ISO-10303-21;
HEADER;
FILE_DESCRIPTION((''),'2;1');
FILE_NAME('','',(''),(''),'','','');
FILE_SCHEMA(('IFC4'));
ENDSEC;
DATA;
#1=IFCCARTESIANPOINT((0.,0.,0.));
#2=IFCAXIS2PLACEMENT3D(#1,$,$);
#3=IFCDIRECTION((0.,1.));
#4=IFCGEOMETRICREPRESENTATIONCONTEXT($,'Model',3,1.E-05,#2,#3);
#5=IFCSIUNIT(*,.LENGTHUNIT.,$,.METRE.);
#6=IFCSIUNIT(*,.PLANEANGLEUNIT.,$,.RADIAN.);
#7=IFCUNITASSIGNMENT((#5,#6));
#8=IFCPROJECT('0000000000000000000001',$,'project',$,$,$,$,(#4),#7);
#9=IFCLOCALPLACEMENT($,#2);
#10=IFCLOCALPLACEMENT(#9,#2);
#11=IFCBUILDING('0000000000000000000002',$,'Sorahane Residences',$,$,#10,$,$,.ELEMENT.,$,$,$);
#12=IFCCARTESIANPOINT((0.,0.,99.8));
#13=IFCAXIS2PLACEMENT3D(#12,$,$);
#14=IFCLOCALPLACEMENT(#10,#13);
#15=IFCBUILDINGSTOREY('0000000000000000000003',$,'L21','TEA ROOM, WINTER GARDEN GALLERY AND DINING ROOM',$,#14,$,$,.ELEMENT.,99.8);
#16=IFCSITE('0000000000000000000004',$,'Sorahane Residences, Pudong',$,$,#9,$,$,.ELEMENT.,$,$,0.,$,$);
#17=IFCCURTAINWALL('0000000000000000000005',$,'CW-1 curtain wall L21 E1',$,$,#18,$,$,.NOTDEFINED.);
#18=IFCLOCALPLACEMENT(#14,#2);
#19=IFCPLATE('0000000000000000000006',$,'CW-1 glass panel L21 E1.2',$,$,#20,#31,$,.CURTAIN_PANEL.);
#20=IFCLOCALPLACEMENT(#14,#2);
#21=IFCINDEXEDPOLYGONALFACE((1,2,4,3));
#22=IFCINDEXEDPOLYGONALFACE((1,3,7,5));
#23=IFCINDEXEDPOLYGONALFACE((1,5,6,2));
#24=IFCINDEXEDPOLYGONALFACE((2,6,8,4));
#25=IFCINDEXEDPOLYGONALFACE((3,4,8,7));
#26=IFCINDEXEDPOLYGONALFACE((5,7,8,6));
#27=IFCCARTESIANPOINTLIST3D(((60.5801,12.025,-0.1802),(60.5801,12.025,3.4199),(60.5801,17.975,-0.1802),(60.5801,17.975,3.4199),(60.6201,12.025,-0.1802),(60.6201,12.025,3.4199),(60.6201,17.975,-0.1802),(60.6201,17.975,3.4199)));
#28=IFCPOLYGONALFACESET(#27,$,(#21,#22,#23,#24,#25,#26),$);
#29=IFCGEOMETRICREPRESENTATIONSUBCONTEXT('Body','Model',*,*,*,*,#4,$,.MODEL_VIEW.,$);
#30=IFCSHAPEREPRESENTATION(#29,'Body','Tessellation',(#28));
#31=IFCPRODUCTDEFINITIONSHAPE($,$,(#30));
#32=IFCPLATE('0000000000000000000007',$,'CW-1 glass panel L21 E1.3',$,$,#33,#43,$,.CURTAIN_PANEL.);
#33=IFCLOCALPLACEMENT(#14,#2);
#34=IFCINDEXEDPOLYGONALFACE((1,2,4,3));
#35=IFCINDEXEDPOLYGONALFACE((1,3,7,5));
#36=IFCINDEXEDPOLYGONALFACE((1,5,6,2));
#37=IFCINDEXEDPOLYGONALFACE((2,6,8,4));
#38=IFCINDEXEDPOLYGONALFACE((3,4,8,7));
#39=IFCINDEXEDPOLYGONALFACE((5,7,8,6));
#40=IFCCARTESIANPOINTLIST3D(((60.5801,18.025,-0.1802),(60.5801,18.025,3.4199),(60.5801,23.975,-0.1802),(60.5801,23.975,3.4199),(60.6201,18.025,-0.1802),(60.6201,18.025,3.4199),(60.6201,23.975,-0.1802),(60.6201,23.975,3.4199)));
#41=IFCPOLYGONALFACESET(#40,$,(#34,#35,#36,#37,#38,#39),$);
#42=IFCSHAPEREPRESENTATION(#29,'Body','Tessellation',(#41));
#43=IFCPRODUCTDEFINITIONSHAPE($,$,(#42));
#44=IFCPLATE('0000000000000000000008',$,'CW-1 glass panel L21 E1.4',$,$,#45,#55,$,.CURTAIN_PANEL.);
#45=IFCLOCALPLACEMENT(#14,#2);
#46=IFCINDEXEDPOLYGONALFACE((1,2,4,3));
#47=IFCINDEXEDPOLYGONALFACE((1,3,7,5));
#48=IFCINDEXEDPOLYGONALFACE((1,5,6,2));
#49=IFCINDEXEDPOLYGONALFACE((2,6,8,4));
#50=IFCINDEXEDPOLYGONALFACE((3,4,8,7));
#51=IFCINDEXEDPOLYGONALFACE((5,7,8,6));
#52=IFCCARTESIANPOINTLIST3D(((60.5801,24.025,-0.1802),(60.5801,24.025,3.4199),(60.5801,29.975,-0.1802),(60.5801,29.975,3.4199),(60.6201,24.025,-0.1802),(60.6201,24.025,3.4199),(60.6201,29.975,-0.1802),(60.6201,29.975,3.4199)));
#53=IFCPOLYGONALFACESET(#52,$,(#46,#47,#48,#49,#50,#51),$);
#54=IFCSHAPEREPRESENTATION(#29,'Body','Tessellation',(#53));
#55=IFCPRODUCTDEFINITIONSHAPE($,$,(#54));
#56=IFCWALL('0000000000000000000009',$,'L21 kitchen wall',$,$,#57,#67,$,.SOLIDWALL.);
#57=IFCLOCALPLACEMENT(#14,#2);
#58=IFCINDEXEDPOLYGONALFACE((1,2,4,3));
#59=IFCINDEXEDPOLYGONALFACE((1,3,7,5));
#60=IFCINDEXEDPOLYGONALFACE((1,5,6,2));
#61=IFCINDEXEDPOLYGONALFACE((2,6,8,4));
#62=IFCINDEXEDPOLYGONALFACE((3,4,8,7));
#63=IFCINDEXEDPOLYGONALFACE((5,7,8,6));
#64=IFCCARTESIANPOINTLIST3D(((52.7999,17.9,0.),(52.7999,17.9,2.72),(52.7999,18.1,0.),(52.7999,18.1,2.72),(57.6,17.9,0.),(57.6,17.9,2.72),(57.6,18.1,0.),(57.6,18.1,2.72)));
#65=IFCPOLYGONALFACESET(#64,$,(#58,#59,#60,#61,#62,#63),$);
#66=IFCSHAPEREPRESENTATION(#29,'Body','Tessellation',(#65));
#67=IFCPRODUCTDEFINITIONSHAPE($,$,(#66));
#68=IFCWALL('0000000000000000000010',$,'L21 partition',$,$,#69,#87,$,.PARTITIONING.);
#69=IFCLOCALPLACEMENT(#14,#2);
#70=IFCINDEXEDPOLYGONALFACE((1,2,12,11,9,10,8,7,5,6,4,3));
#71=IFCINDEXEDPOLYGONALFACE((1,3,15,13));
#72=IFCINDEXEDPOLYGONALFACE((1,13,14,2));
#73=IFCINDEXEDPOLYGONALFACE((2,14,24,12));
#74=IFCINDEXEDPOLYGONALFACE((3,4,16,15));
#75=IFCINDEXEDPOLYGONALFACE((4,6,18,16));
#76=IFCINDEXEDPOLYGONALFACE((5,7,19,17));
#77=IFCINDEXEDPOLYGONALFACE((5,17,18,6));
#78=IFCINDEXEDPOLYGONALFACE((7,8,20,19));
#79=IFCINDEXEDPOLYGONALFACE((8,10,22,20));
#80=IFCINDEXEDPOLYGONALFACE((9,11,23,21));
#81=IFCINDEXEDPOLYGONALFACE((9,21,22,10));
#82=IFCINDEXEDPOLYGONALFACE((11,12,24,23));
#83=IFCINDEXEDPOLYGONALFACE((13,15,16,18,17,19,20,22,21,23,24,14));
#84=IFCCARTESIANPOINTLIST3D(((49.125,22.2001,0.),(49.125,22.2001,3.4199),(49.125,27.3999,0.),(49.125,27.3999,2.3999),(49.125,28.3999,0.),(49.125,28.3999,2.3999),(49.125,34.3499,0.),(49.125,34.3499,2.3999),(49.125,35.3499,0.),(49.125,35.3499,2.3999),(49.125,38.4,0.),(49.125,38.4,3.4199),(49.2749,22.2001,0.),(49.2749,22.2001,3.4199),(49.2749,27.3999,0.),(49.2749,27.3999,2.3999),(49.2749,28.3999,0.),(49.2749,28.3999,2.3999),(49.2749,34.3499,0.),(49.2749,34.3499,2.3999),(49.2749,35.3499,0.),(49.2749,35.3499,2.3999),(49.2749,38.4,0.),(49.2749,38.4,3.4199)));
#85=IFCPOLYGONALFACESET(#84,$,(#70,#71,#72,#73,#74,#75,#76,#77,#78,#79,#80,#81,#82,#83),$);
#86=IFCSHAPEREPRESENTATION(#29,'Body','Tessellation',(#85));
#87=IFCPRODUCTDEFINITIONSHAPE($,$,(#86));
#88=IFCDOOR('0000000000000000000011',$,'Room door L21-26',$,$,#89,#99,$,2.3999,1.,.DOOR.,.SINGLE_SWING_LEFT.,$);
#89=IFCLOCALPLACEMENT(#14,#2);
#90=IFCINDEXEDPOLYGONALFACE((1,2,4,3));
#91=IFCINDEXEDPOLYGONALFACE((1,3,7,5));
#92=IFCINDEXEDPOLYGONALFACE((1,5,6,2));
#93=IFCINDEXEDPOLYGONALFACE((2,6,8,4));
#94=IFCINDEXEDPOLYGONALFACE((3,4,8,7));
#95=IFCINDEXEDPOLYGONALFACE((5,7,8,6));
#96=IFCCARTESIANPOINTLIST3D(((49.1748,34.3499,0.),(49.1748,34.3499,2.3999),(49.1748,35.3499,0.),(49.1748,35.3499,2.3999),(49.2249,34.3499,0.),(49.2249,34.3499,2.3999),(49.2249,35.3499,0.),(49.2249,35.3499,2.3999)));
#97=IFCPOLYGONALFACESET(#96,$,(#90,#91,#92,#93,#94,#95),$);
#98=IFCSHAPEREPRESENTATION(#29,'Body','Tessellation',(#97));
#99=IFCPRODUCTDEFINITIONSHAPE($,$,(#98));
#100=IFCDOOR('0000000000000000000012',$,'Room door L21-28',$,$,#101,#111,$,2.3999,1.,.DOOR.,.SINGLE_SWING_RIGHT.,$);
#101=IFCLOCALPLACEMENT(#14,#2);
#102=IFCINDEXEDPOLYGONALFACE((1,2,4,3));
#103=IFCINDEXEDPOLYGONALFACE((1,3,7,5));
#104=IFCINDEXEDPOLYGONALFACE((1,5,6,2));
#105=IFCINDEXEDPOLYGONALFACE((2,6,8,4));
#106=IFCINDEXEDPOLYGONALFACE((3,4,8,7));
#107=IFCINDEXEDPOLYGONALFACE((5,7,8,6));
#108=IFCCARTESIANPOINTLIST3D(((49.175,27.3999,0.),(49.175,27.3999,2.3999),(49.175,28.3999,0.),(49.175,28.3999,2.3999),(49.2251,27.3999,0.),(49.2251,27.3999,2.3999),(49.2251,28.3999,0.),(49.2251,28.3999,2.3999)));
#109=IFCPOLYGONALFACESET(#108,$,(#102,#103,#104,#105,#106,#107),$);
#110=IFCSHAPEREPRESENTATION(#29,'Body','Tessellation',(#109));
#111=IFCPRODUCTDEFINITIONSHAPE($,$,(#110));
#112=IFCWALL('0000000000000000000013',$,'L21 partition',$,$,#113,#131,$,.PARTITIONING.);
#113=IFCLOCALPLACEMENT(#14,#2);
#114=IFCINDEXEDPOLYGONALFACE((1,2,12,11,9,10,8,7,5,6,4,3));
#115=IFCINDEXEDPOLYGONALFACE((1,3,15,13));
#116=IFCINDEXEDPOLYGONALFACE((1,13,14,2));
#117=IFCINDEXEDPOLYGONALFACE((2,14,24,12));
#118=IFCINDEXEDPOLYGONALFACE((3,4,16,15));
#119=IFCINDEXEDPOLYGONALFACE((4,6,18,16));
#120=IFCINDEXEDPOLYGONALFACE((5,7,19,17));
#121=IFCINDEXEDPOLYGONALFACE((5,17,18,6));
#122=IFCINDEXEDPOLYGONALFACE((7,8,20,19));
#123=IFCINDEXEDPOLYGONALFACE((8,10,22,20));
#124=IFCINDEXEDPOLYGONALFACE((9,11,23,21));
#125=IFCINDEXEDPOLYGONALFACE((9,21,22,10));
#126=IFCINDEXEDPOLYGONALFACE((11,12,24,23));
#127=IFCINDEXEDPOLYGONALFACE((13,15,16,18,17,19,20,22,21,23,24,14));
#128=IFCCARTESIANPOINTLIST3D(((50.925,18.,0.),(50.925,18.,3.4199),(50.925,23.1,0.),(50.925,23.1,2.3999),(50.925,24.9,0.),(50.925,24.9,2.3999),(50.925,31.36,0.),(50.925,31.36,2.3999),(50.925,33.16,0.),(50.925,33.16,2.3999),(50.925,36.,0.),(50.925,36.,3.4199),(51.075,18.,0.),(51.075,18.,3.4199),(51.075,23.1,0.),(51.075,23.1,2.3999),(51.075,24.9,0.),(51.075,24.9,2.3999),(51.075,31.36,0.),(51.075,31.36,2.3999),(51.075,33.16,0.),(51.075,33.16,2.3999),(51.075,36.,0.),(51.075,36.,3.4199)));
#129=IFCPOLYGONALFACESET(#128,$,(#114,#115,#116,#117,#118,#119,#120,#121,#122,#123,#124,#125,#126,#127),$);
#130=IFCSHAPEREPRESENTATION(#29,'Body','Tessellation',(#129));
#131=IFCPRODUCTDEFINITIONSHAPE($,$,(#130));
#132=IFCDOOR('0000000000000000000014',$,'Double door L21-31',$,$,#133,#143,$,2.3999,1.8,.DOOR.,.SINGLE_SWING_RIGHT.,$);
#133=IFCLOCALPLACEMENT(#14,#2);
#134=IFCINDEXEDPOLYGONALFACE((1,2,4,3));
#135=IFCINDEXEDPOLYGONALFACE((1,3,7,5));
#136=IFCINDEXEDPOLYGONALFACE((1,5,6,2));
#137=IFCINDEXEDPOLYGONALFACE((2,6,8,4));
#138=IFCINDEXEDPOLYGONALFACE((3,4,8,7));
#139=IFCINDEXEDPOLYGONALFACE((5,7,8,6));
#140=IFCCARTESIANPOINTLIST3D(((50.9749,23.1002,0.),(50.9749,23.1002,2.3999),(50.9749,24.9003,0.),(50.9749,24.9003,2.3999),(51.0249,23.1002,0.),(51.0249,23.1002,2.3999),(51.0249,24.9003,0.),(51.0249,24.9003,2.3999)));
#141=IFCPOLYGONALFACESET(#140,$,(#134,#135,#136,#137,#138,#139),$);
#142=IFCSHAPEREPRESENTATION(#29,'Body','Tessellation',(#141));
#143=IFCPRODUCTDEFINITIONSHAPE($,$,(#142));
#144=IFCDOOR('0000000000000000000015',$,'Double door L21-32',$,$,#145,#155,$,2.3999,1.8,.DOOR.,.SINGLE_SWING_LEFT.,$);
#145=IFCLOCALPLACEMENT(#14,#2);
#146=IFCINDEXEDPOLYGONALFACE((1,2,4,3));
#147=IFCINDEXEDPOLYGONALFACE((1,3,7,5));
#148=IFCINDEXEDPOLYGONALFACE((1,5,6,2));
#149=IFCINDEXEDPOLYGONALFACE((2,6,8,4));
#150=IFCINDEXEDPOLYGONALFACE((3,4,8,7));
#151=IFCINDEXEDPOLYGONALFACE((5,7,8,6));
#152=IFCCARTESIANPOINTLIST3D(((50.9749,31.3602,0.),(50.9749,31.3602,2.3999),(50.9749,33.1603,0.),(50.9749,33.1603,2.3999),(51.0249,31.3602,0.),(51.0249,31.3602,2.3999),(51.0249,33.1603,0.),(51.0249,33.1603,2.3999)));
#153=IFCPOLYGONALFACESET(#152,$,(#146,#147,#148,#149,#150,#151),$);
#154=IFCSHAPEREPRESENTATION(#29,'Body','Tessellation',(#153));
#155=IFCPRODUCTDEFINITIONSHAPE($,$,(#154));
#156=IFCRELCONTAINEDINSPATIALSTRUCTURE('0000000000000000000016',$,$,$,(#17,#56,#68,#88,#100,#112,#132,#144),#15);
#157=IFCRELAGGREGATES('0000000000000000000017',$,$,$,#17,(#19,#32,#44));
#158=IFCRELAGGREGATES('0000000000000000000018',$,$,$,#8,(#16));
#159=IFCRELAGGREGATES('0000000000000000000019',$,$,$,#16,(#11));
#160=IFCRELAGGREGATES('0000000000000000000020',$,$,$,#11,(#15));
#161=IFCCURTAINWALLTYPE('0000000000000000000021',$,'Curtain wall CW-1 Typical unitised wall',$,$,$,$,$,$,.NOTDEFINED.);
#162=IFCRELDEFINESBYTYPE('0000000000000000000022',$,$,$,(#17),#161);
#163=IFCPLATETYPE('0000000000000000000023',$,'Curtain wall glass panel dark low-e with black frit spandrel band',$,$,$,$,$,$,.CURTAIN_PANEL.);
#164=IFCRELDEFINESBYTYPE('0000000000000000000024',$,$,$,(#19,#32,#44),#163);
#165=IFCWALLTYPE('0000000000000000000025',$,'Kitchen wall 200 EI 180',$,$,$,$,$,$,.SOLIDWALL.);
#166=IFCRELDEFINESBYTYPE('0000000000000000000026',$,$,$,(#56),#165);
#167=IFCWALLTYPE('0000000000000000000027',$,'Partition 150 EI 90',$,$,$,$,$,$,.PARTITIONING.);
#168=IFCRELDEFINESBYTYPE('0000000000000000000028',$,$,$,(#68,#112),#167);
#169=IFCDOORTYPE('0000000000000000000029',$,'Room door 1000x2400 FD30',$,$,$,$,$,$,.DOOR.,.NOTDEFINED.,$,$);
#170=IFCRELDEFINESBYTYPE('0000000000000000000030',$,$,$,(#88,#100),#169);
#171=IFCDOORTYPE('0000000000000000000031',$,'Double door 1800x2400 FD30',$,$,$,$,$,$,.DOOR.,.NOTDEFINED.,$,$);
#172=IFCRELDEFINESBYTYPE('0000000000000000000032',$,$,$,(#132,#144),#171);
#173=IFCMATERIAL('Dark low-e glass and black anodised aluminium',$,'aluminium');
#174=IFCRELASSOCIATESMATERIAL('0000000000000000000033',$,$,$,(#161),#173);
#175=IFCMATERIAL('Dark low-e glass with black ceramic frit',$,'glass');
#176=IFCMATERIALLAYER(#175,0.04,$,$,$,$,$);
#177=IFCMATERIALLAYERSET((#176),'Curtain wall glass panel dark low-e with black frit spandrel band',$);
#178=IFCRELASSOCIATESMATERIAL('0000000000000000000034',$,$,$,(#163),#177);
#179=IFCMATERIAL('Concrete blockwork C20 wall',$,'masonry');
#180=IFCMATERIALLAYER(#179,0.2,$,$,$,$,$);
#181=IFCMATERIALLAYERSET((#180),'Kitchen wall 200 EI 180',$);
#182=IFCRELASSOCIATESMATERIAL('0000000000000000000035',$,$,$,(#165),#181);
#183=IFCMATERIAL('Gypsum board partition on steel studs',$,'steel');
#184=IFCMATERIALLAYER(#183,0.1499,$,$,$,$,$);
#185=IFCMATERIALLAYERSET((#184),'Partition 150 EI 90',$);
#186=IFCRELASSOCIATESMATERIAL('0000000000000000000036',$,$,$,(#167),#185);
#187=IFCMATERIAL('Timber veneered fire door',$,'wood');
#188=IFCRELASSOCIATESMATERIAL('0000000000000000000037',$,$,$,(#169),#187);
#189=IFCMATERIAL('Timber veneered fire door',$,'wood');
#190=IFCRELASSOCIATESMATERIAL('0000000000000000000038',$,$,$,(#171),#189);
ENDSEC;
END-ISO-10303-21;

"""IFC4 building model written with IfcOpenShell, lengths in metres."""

from ifc_helpers import new_model, si_unit, direction, frame, frame_2d, origin, origin_2d, place, context, subcontext, project, spatial, rectangle, extrude, material, layer, layer_set, type_object, element, fill, aggregate, save


model = new_model("IFC4")

# Units and contexts
model_context = context("Model", 3, precision=1e-05, world=origin(), true_north=direction((0.0, 1.0)))
body_context = subcontext(model_context, "Body", "Model", "MODEL_VIEW")
ifc_project = project(units=[si_unit("LENGTHUNIT", "METRE"), si_unit("PLANEANGLEUNIT", "RADIAN")], contexts=[model_context])

# Site, building, storey
site_placement = place(None, origin())
site = spatial("IfcSite", under=ifc_project, at=site_placement, Name="Sorahane Residences, Pudong", CompositionType="ELEMENT", RefElevation=0.0)
building_placement = place(site_placement, origin())
building = spatial("IfcBuilding", under=site, at=building_placement, Name="Sorahane Residences", CompositionType="ELEMENT")
storey_placement = place(building_placement, frame((0.0, 0.0, 99.8)))
storey = spatial("IfcBuildingStorey", under=building, at=storey_placement, Name="L21", Description="TEA ROOM, WINTER GARDEN GALLERY AND DINING ROOM", CompositionType="ELEMENT", Elevation=99.8)

# Curtain wall
ifc_material_1 = material(Name="Dark low-e glass and black anodised aluminium", Category="aluminium")
curtain_wall_type = type_object("IfcCurtainWallType", Name="Curtain wall CW-1 Typical unitised wall", PredefinedType="NOTDEFINED", material=ifc_material_1)
curtain_wall_placement = place(storey_placement, origin())
curtain_wall = element("IfcCurtainWall", 1, at=curtain_wall_placement, inside=storey, type_object=curtain_wall_type, Name="CW-1 curtain wall L21 E1", PredefinedType="NOTDEFINED")

# Plates
ifc_material_2 = material(Name="Dark low-e glass with black ceramic frit", Category="glass")
ifc_layer_1 = layer(ifc_material_2, 0.04)
ifc_layer_set_1 = layer_set([ifc_layer_1], Name="Curtain wall glass panel dark low-e with black frit spandrel band")
plate_type = type_object("IfcPlateType", Name="Curtain wall glass panel dark low-e with black frit spandrel band", PredefinedType="CURTAIN_PANEL", material=ifc_layer_set_1)
plate_1_placement = place(storey_placement, frame((60.6001, 15.0, -0.1802), z_axis=(0.0, 0.0, 1.0), x_axis=(0.0, 1.0, 0.0)))
plate_1 = element("IfcPlate", 2, at=plate_1_placement, type_object=plate_type, Name="CW-1 glass panel L21 E1.2", PredefinedType="CURTAIN_PANEL", context=body_context, shape_type="SweptSolid", body=[
    extrude(rectangle(XDim=5.95, YDim=0.04, at=origin_2d()), origin(), (0.0, 0.0, 1.0), 3.6001),
])
plate_2_placement = place(storey_placement, frame((60.6001, 21.0, -0.1802), z_axis=(0.0, 0.0, 1.0), x_axis=(0.0, 1.0, 0.0)))
plate_2 = element("IfcPlate", 3, at=plate_2_placement, type_object=plate_type, Name="CW-1 glass panel L21 E1.3", PredefinedType="CURTAIN_PANEL", context=body_context, shape_type="SweptSolid", body=[
    extrude(rectangle(XDim=5.95, YDim=0.04, at=origin_2d()), origin(), (0.0, 0.0, 1.0), 3.6001),
])
plate_3_placement = place(storey_placement, frame((60.6001, 27.0, -0.1802), z_axis=(0.0, 0.0, 1.0), x_axis=(0.0, 1.0, 0.0)))
plate_3 = element("IfcPlate", 4, at=plate_3_placement, type_object=plate_type, Name="CW-1 glass panel L21 E1.4", PredefinedType="CURTAIN_PANEL", context=body_context, shape_type="SweptSolid", body=[
    extrude(rectangle(XDim=5.95, YDim=0.04, at=origin_2d()), origin(), (0.0, 0.0, 1.0), 3.6001),
])
aggregate(curtain_wall, [plate_1, plate_2, plate_3])

# Shared definitions
ifc_material_3 = material(Name="Concrete blockwork C20 wall", Category="masonry")
ifc_layer_2 = layer(ifc_material_3, 0.2)
ifc_layer_set_2 = layer_set([ifc_layer_2], Name="Kitchen wall 200 EI 180")
wall_type_1 = type_object("IfcWallType", Name="Kitchen wall 200 EI 180", PredefinedType="SOLIDWALL", material=ifc_layer_set_2)

# Wall
wall_1_placement = place(storey_placement, frame((52.8, 18.0, 0.0), z_axis=(0.0, 0.0, 1.0), x_axis=(1.0, 0.0, 0.0)))
element("IfcWall", 5, at=wall_1_placement, inside=storey, type_object=wall_type_1, Name="L21 kitchen wall", PredefinedType="SOLIDWALL", context=body_context, shape_type="SweptSolid", body=[
    extrude(rectangle(XDim=4.8, YDim=0.2, at=frame_2d((2.3999, 0.0))), origin(), (0.0, 0.0, 1.0), 2.72),
])

# Walls, openings, doors
ifc_material_4 = material(Name="Gypsum board partition on steel studs", Category="steel")
ifc_layer_3 = layer(ifc_material_4, 0.1499)
ifc_layer_set_3 = layer_set([ifc_layer_3], Name="Partition 150 EI 90")
wall_type_2 = type_object("IfcWallType", Name="Partition 150 EI 90", PredefinedType="PARTITIONING", material=ifc_layer_set_3)
wall_2_placement = place(storey_placement, frame((49.2, 22.2, 0.0), z_axis=(0.0, 0.0, 1.0), x_axis=(0.0, 1.0, 0.0)))
wall_2 = element("IfcWall", 6, at=wall_2_placement, inside=storey, type_object=wall_type_2, Name="L21 partition", PredefinedType="PARTITIONING", context=body_context, shape_type="SweptSolid", body=[
    extrude(rectangle(XDim=16.2, YDim=0.1499, at=frame_2d((8.1001, 0.0))), origin(), (0.0, 0.0, 1.0), 3.4199),
])
opening_1_placement = place(wall_2_placement, frame((12.1499, 0.0, 0.0)))
opening_1 = element("IfcOpeningElement", 7, at=opening_1_placement, cuts=wall_2, PredefinedType="OPENING", context=body_context, shape_type="SweptSolid", body=[
    extrude(rectangle(XDim=1.0, YDim=2.3999, at=frame_2d((0.5, 1.2))), frame((0.0, 0.085, 0.0), z_axis=(0.0, -1.0, 0.0), x_axis=(1.0, 0.0, 0.0)), (0.0, 0.0, 1.0), 0.1699),
])
opening_2_placement = place(wall_2_placement, frame((5.2, 0.0, 0.0)))
opening_2 = element("IfcOpeningElement", 8, at=opening_2_placement, cuts=wall_2, PredefinedType="OPENING", context=body_context, shape_type="SweptSolid", body=[
    extrude(rectangle(XDim=1.0, YDim=2.3999, at=frame_2d((0.5, 1.2))), frame((0.0, 0.085, 0.0), z_axis=(0.0, -1.0, 0.0), x_axis=(1.0, 0.0, 0.0)), (0.0, 0.0, 1.0), 0.1699),
])
ifc_material_5 = material(Name="Timber veneered fire door", Category="wood")
door_type_1 = type_object("IfcDoorType", Name="Room door 1000x2400 FD30", OperationType="NOTDEFINED", PredefinedType="DOOR", material=ifc_material_5)
door_1_placement = place(opening_1_placement, frame((1.0, 0.0, 0.0), z_axis=(0.0, 0.0, 1.0), x_axis=(-1.0, 0.0, 0.0)))
door_1 = element("IfcDoor", 9, at=door_1_placement, inside=storey, type_object=door_type_1, Name="Room door L21-26", OperationType="SINGLE_SWING_LEFT", OverallHeight=2.3999, OverallWidth=1.0, PredefinedType="DOOR", context=body_context, shape_type="SweptSolid", body=[
    extrude(rectangle(XDim=1.0, YDim=2.3999, at=frame_2d((0.5, 1.2))), frame((0.0, 0.0249, 0.0), z_axis=(0.0, -1.0, 0.0), x_axis=(1.0, 0.0, 0.0)), (0.0, 0.0, 1.0), 0.05),
])
fill(opening_1, door_1)
door_2_placement = place(opening_2_placement, origin())
door_2 = element("IfcDoor", 10, at=door_2_placement, inside=storey, type_object=door_type_1, Name="Room door L21-28", OperationType="SINGLE_SWING_RIGHT", OverallHeight=2.3999, OverallWidth=1.0, PredefinedType="DOOR", context=body_context, shape_type="SweptSolid", body=[
    extrude(rectangle(XDim=1.0, YDim=2.3999, at=frame_2d((0.5, 1.2))), frame((0.0, 0.0249, 0.0), z_axis=(0.0, -1.0, 0.0), x_axis=(1.0, 0.0, 0.0)), (0.0, 0.0, 1.0), 0.05),
])
fill(opening_2, door_2)
wall_3_placement = place(storey_placement, frame((51.0, 18.0, 0.0), z_axis=(0.0, 0.0, 1.0), x_axis=(0.0, 1.0, 0.0)))
wall_3 = element("IfcWall", 11, at=wall_3_placement, inside=storey, type_object=wall_type_2, Name="L21 partition", PredefinedType="PARTITIONING", context=body_context, shape_type="SweptSolid", body=[
    extrude(rectangle(XDim=18.0, YDim=0.1499, at=frame_2d((9.0, 0.0))), origin(), (0.0, 0.0, 1.0), 3.4199),
])
opening_3_placement = place(wall_3_placement, frame((5.1001, 0.0, 0.0)))
opening_3 = element("IfcOpeningElement", 12, at=opening_3_placement, cuts=wall_3, PredefinedType="OPENING", context=body_context, shape_type="SweptSolid", body=[
    extrude(rectangle(XDim=1.8, YDim=2.3999, at=frame_2d((0.8999, 1.2))), frame((0.0, 0.085, 0.0), z_axis=(0.0, -1.0, 0.0), x_axis=(1.0, 0.0, 0.0)), (0.0, 0.0, 1.0), 0.1699),
])
opening_4_placement = place(wall_3_placement, frame((13.3601, 0.0, 0.0)))
opening_4 = element("IfcOpeningElement", 13, at=opening_4_placement, cuts=wall_3, PredefinedType="OPENING", context=body_context, shape_type="SweptSolid", body=[
    extrude(rectangle(XDim=1.8, YDim=2.3999, at=frame_2d((0.8999, 1.2))), frame((0.0, 0.085, 0.0), z_axis=(0.0, -1.0, 0.0), x_axis=(1.0, 0.0, 0.0)), (0.0, 0.0, 1.0), 0.1699),
])
ifc_material_6 = material(Name="Timber veneered fire door", Category="wood")
door_type_2 = type_object("IfcDoorType", Name="Double door 1800x2400 FD30", OperationType="NOTDEFINED", PredefinedType="DOOR", material=ifc_material_6)
door_3_placement = place(opening_3_placement, frame((1.8, 0.0, 0.0), z_axis=(0.0, 0.0, 1.0), x_axis=(-1.0, 0.0, 0.0)))
door_3 = element("IfcDoor", 14, at=door_3_placement, inside=storey, type_object=door_type_2, Name="Double door L21-31", OperationType="SINGLE_SWING_RIGHT", OverallHeight=2.3999, OverallWidth=1.8, PredefinedType="DOOR", context=body_context, shape_type="SweptSolid", body=[
    extrude(rectangle(XDim=1.8, YDim=2.3999, at=frame_2d((0.8999, 1.2))), frame((0.0, 0.0249, 0.0), z_axis=(0.0, -1.0, 0.0), x_axis=(1.0, 0.0, 0.0)), (0.0, 0.0, 1.0), 0.05),
])
fill(opening_3, door_3)
door_4_placement = place(opening_4_placement, frame((1.8, 0.0, 0.0), z_axis=(0.0, 0.0, 1.0), x_axis=(-1.0, 0.0, 0.0)))
door_4 = element("IfcDoor", 15, at=door_4_placement, inside=storey, type_object=door_type_2, Name="Double door L21-32", OperationType="SINGLE_SWING_LEFT", OverallHeight=2.3999, OverallWidth=1.8, PredefinedType="DOOR", context=body_context, shape_type="SweptSolid", body=[
    extrude(rectangle(XDim=1.8, YDim=2.3999, at=frame_2d((0.8999, 1.2))), frame((0.0, 0.0249, 0.0), z_axis=(0.0, -1.0, 0.0), x_axis=(1.0, 0.0, 0.0)), (0.0, 0.0, 1.0), 0.05),
])
fill(opening_4, door_4)

save(model, "model.ifc")
